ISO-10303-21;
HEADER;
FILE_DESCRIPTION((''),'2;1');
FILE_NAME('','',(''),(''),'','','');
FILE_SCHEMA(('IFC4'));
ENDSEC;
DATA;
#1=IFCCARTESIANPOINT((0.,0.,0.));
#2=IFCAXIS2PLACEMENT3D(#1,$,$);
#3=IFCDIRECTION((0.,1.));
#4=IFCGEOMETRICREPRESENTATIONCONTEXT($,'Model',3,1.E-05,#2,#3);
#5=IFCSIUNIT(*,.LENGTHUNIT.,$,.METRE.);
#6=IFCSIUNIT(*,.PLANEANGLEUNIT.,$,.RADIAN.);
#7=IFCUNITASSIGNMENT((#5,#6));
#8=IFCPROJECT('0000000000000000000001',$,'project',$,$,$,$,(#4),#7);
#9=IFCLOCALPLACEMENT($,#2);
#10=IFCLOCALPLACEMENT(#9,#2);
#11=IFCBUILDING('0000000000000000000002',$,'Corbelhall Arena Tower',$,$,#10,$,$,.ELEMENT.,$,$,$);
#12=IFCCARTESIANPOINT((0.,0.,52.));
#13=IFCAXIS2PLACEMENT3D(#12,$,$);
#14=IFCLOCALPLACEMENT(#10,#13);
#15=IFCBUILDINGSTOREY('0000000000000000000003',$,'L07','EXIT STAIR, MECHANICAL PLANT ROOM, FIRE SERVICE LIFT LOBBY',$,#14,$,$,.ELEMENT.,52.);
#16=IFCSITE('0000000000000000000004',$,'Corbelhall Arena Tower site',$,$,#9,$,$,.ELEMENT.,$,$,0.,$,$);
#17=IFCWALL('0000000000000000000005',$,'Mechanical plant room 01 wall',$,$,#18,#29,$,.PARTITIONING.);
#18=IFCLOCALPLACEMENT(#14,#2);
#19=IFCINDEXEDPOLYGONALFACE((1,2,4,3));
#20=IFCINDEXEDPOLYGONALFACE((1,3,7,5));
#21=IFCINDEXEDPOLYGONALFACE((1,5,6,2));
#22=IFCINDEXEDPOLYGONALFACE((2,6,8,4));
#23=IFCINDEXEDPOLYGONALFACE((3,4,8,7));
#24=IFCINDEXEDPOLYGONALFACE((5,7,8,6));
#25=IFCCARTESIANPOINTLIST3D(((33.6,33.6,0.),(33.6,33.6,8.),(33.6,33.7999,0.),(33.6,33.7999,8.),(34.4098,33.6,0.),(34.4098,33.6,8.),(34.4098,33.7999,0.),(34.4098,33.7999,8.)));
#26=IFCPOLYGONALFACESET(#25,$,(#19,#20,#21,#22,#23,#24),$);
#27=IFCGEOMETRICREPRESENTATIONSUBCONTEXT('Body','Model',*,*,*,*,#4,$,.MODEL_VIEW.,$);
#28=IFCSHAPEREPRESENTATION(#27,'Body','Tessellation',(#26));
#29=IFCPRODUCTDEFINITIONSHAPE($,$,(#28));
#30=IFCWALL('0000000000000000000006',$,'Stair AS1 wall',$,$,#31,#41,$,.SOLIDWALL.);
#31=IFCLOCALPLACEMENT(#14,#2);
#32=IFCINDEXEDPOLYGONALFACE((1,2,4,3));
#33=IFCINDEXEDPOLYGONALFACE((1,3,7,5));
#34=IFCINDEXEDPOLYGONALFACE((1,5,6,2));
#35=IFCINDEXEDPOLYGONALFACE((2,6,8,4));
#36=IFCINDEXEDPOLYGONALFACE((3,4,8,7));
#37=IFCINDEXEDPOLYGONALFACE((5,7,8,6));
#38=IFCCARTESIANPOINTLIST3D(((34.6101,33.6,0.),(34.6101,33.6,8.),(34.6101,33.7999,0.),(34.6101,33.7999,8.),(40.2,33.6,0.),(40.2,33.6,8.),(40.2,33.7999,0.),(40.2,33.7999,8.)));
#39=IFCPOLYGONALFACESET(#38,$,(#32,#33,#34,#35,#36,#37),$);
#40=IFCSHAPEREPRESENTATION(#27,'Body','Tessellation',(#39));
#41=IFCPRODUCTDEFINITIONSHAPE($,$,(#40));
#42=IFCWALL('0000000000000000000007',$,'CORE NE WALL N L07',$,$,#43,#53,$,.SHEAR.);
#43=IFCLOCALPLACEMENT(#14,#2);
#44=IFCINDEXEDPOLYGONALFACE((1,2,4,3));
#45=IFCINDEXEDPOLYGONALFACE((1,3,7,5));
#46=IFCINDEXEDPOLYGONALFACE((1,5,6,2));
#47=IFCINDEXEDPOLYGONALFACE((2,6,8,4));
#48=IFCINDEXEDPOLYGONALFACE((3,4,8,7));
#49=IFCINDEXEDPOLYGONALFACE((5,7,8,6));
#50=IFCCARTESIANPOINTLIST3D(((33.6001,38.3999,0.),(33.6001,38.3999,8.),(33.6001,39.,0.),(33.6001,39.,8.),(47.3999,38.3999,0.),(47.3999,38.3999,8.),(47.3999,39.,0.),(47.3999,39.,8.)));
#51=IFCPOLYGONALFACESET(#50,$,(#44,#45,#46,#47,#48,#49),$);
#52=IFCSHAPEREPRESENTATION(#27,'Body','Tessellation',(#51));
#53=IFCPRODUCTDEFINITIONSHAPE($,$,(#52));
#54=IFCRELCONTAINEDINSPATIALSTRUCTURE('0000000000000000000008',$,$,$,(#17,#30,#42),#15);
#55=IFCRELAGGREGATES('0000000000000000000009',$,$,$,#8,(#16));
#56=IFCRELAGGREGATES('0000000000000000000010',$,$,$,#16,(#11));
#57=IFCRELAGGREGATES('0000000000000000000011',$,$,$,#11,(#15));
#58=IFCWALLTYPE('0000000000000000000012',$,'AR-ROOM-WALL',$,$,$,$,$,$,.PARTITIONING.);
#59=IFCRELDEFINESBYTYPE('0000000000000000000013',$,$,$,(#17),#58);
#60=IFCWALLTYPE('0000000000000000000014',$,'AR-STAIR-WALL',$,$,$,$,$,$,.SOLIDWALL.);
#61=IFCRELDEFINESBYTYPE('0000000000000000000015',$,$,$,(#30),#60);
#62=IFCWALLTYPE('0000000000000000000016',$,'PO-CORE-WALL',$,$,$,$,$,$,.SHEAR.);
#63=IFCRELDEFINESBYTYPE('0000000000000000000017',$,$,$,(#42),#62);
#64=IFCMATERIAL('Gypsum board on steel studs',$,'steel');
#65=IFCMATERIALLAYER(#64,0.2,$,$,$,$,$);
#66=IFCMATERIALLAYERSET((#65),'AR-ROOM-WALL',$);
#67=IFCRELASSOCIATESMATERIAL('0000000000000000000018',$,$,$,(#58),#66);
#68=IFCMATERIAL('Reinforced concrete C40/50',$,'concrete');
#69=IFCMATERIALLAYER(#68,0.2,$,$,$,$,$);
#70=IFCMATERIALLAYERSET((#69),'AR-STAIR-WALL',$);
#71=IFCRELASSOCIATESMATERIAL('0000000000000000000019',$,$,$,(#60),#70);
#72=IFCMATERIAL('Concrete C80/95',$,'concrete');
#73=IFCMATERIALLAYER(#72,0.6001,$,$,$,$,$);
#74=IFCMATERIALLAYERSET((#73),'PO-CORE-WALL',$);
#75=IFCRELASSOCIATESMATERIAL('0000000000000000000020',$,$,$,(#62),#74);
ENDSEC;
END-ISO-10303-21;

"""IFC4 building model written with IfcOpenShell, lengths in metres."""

from ifc_helpers import new_model, si_unit, direction, frame, frame_2d, origin, place, context, subcontext, project, spatial, rectangle, extrude, material, layer, layer_set, type_object, element, save


model = new_model("IFC4")

# Units and contexts
model_context = context("Model", 3, precision=1e-05, world=origin(), true_north=direction((0.0, 1.0)))
body_context = subcontext(model_context, "Body", "Model", "MODEL_VIEW")
ifc_project = project(units=[si_unit("LENGTHUNIT", "METRE"), si_unit("PLANEANGLEUNIT", "RADIAN")], contexts=[model_context])

# Site, building, storey
site_placement = place(None, origin())
site = spatial("IfcSite", under=ifc_project, at=site_placement, Name="Corbelhall Arena Tower site", CompositionType="ELEMENT", RefElevation=0.0)
building_placement = place(site_placement, origin())
building = spatial("IfcBuilding", under=site, at=building_placement, Name="Corbelhall Arena Tower", CompositionType="ELEMENT")
storey_placement = place(building_placement, frame((0.0, 0.0, 52.0)))
storey = spatial("IfcBuildingStorey", under=building, at=storey_placement, Name="L07", Description="EXIT STAIR, MECHANICAL PLANT ROOM, FIRE SERVICE LIFT LOBBY", CompositionType="ELEMENT", Elevation=52.0)

# Wall
ifc_material_1 = material(Name="Gypsum board on steel studs", Category="steel")
ifc_layer_1 = layer(ifc_material_1, 0.2)
ifc_layer_set_1 = layer_set([ifc_layer_1], Name="AR-ROOM-WALL")
wall_type_1 = type_object("IfcWallType", Name="AR-ROOM-WALL", PredefinedType="PARTITIONING", material=ifc_layer_set_1)
wall_1_placement = place(storey_placement, frame((33.6001, 33.7, 0.0), z_axis=(0.0, 0.0, 1.0), x_axis=(1.0, 0.0, 0.0)))
element("IfcWall", 1, at=wall_1_placement, inside=storey, type_object=wall_type_1, Name="Mechanical plant room 01 wall", PredefinedType="PARTITIONING", context=body_context, shape_type="SweptSolid", body=[
    extrude(rectangle(XDim=0.8098, YDim=0.2, at=frame_2d((0.4048, 0.0))), origin(), (0.0, 0.0, 1.0), 8.0),
])

# Shared definitions
ifc_material_2 = material(Name="Reinforced concrete C40/50", Category="concrete")

# Walls
ifc_layer_2 = layer(ifc_material_2, 0.2)
ifc_layer_set_2 = layer_set([ifc_layer_2], Name="AR-STAIR-WALL")
wall_type_2 = type_object("IfcWallType", Name="AR-STAIR-WALL", PredefinedType="SOLIDWALL", material=ifc_layer_set_2)
wall_2_placement = place(storey_placement, frame((34.6101, 33.7, 0.0), z_axis=(0.0, 0.0, 1.0), x_axis=(1.0, 0.0, 0.0)))
element("IfcWall", 2, at=wall_2_placement, inside=storey, type_object=wall_type_2, Name="Stair AS1 wall", PredefinedType="SOLIDWALL", context=body_context, shape_type="SweptSolid", body=[
    extrude(rectangle(XDim=5.5898, YDim=0.2, at=frame_2d((2.7949, 0.0))), origin(), (0.0, 0.0, 1.0), 8.0),
])
ifc_material_3 = material(Name="Concrete C80/95", Category="concrete")
ifc_layer_3 = layer(ifc_material_3, 0.6001)
ifc_layer_set_3 = layer_set([ifc_layer_3], Name="PO-CORE-WALL")
wall_type_3 = type_object("IfcWallType", Name="PO-CORE-WALL", PredefinedType="SHEAR", material=ifc_layer_set_3)
wall_3_placement = place(storey_placement, frame((33.6001, 38.7, 0.0), z_axis=(0.0, 0.0, 1.0), x_axis=(1.0, 0.0, 0.0)))
element("IfcWall", 3, at=wall_3_placement, inside=storey, type_object=wall_type_3, Name="CORE NE WALL N L07", PredefinedType="SHEAR", context=body_context, shape_type="SweptSolid", body=[
    extrude(rectangle(XDim=13.7998, YDim=0.6001, at=frame_2d((6.8999, 0.0))), origin(), (0.0, 0.0, 1.0), 8.0),
])

save(model, "model.ifc")
